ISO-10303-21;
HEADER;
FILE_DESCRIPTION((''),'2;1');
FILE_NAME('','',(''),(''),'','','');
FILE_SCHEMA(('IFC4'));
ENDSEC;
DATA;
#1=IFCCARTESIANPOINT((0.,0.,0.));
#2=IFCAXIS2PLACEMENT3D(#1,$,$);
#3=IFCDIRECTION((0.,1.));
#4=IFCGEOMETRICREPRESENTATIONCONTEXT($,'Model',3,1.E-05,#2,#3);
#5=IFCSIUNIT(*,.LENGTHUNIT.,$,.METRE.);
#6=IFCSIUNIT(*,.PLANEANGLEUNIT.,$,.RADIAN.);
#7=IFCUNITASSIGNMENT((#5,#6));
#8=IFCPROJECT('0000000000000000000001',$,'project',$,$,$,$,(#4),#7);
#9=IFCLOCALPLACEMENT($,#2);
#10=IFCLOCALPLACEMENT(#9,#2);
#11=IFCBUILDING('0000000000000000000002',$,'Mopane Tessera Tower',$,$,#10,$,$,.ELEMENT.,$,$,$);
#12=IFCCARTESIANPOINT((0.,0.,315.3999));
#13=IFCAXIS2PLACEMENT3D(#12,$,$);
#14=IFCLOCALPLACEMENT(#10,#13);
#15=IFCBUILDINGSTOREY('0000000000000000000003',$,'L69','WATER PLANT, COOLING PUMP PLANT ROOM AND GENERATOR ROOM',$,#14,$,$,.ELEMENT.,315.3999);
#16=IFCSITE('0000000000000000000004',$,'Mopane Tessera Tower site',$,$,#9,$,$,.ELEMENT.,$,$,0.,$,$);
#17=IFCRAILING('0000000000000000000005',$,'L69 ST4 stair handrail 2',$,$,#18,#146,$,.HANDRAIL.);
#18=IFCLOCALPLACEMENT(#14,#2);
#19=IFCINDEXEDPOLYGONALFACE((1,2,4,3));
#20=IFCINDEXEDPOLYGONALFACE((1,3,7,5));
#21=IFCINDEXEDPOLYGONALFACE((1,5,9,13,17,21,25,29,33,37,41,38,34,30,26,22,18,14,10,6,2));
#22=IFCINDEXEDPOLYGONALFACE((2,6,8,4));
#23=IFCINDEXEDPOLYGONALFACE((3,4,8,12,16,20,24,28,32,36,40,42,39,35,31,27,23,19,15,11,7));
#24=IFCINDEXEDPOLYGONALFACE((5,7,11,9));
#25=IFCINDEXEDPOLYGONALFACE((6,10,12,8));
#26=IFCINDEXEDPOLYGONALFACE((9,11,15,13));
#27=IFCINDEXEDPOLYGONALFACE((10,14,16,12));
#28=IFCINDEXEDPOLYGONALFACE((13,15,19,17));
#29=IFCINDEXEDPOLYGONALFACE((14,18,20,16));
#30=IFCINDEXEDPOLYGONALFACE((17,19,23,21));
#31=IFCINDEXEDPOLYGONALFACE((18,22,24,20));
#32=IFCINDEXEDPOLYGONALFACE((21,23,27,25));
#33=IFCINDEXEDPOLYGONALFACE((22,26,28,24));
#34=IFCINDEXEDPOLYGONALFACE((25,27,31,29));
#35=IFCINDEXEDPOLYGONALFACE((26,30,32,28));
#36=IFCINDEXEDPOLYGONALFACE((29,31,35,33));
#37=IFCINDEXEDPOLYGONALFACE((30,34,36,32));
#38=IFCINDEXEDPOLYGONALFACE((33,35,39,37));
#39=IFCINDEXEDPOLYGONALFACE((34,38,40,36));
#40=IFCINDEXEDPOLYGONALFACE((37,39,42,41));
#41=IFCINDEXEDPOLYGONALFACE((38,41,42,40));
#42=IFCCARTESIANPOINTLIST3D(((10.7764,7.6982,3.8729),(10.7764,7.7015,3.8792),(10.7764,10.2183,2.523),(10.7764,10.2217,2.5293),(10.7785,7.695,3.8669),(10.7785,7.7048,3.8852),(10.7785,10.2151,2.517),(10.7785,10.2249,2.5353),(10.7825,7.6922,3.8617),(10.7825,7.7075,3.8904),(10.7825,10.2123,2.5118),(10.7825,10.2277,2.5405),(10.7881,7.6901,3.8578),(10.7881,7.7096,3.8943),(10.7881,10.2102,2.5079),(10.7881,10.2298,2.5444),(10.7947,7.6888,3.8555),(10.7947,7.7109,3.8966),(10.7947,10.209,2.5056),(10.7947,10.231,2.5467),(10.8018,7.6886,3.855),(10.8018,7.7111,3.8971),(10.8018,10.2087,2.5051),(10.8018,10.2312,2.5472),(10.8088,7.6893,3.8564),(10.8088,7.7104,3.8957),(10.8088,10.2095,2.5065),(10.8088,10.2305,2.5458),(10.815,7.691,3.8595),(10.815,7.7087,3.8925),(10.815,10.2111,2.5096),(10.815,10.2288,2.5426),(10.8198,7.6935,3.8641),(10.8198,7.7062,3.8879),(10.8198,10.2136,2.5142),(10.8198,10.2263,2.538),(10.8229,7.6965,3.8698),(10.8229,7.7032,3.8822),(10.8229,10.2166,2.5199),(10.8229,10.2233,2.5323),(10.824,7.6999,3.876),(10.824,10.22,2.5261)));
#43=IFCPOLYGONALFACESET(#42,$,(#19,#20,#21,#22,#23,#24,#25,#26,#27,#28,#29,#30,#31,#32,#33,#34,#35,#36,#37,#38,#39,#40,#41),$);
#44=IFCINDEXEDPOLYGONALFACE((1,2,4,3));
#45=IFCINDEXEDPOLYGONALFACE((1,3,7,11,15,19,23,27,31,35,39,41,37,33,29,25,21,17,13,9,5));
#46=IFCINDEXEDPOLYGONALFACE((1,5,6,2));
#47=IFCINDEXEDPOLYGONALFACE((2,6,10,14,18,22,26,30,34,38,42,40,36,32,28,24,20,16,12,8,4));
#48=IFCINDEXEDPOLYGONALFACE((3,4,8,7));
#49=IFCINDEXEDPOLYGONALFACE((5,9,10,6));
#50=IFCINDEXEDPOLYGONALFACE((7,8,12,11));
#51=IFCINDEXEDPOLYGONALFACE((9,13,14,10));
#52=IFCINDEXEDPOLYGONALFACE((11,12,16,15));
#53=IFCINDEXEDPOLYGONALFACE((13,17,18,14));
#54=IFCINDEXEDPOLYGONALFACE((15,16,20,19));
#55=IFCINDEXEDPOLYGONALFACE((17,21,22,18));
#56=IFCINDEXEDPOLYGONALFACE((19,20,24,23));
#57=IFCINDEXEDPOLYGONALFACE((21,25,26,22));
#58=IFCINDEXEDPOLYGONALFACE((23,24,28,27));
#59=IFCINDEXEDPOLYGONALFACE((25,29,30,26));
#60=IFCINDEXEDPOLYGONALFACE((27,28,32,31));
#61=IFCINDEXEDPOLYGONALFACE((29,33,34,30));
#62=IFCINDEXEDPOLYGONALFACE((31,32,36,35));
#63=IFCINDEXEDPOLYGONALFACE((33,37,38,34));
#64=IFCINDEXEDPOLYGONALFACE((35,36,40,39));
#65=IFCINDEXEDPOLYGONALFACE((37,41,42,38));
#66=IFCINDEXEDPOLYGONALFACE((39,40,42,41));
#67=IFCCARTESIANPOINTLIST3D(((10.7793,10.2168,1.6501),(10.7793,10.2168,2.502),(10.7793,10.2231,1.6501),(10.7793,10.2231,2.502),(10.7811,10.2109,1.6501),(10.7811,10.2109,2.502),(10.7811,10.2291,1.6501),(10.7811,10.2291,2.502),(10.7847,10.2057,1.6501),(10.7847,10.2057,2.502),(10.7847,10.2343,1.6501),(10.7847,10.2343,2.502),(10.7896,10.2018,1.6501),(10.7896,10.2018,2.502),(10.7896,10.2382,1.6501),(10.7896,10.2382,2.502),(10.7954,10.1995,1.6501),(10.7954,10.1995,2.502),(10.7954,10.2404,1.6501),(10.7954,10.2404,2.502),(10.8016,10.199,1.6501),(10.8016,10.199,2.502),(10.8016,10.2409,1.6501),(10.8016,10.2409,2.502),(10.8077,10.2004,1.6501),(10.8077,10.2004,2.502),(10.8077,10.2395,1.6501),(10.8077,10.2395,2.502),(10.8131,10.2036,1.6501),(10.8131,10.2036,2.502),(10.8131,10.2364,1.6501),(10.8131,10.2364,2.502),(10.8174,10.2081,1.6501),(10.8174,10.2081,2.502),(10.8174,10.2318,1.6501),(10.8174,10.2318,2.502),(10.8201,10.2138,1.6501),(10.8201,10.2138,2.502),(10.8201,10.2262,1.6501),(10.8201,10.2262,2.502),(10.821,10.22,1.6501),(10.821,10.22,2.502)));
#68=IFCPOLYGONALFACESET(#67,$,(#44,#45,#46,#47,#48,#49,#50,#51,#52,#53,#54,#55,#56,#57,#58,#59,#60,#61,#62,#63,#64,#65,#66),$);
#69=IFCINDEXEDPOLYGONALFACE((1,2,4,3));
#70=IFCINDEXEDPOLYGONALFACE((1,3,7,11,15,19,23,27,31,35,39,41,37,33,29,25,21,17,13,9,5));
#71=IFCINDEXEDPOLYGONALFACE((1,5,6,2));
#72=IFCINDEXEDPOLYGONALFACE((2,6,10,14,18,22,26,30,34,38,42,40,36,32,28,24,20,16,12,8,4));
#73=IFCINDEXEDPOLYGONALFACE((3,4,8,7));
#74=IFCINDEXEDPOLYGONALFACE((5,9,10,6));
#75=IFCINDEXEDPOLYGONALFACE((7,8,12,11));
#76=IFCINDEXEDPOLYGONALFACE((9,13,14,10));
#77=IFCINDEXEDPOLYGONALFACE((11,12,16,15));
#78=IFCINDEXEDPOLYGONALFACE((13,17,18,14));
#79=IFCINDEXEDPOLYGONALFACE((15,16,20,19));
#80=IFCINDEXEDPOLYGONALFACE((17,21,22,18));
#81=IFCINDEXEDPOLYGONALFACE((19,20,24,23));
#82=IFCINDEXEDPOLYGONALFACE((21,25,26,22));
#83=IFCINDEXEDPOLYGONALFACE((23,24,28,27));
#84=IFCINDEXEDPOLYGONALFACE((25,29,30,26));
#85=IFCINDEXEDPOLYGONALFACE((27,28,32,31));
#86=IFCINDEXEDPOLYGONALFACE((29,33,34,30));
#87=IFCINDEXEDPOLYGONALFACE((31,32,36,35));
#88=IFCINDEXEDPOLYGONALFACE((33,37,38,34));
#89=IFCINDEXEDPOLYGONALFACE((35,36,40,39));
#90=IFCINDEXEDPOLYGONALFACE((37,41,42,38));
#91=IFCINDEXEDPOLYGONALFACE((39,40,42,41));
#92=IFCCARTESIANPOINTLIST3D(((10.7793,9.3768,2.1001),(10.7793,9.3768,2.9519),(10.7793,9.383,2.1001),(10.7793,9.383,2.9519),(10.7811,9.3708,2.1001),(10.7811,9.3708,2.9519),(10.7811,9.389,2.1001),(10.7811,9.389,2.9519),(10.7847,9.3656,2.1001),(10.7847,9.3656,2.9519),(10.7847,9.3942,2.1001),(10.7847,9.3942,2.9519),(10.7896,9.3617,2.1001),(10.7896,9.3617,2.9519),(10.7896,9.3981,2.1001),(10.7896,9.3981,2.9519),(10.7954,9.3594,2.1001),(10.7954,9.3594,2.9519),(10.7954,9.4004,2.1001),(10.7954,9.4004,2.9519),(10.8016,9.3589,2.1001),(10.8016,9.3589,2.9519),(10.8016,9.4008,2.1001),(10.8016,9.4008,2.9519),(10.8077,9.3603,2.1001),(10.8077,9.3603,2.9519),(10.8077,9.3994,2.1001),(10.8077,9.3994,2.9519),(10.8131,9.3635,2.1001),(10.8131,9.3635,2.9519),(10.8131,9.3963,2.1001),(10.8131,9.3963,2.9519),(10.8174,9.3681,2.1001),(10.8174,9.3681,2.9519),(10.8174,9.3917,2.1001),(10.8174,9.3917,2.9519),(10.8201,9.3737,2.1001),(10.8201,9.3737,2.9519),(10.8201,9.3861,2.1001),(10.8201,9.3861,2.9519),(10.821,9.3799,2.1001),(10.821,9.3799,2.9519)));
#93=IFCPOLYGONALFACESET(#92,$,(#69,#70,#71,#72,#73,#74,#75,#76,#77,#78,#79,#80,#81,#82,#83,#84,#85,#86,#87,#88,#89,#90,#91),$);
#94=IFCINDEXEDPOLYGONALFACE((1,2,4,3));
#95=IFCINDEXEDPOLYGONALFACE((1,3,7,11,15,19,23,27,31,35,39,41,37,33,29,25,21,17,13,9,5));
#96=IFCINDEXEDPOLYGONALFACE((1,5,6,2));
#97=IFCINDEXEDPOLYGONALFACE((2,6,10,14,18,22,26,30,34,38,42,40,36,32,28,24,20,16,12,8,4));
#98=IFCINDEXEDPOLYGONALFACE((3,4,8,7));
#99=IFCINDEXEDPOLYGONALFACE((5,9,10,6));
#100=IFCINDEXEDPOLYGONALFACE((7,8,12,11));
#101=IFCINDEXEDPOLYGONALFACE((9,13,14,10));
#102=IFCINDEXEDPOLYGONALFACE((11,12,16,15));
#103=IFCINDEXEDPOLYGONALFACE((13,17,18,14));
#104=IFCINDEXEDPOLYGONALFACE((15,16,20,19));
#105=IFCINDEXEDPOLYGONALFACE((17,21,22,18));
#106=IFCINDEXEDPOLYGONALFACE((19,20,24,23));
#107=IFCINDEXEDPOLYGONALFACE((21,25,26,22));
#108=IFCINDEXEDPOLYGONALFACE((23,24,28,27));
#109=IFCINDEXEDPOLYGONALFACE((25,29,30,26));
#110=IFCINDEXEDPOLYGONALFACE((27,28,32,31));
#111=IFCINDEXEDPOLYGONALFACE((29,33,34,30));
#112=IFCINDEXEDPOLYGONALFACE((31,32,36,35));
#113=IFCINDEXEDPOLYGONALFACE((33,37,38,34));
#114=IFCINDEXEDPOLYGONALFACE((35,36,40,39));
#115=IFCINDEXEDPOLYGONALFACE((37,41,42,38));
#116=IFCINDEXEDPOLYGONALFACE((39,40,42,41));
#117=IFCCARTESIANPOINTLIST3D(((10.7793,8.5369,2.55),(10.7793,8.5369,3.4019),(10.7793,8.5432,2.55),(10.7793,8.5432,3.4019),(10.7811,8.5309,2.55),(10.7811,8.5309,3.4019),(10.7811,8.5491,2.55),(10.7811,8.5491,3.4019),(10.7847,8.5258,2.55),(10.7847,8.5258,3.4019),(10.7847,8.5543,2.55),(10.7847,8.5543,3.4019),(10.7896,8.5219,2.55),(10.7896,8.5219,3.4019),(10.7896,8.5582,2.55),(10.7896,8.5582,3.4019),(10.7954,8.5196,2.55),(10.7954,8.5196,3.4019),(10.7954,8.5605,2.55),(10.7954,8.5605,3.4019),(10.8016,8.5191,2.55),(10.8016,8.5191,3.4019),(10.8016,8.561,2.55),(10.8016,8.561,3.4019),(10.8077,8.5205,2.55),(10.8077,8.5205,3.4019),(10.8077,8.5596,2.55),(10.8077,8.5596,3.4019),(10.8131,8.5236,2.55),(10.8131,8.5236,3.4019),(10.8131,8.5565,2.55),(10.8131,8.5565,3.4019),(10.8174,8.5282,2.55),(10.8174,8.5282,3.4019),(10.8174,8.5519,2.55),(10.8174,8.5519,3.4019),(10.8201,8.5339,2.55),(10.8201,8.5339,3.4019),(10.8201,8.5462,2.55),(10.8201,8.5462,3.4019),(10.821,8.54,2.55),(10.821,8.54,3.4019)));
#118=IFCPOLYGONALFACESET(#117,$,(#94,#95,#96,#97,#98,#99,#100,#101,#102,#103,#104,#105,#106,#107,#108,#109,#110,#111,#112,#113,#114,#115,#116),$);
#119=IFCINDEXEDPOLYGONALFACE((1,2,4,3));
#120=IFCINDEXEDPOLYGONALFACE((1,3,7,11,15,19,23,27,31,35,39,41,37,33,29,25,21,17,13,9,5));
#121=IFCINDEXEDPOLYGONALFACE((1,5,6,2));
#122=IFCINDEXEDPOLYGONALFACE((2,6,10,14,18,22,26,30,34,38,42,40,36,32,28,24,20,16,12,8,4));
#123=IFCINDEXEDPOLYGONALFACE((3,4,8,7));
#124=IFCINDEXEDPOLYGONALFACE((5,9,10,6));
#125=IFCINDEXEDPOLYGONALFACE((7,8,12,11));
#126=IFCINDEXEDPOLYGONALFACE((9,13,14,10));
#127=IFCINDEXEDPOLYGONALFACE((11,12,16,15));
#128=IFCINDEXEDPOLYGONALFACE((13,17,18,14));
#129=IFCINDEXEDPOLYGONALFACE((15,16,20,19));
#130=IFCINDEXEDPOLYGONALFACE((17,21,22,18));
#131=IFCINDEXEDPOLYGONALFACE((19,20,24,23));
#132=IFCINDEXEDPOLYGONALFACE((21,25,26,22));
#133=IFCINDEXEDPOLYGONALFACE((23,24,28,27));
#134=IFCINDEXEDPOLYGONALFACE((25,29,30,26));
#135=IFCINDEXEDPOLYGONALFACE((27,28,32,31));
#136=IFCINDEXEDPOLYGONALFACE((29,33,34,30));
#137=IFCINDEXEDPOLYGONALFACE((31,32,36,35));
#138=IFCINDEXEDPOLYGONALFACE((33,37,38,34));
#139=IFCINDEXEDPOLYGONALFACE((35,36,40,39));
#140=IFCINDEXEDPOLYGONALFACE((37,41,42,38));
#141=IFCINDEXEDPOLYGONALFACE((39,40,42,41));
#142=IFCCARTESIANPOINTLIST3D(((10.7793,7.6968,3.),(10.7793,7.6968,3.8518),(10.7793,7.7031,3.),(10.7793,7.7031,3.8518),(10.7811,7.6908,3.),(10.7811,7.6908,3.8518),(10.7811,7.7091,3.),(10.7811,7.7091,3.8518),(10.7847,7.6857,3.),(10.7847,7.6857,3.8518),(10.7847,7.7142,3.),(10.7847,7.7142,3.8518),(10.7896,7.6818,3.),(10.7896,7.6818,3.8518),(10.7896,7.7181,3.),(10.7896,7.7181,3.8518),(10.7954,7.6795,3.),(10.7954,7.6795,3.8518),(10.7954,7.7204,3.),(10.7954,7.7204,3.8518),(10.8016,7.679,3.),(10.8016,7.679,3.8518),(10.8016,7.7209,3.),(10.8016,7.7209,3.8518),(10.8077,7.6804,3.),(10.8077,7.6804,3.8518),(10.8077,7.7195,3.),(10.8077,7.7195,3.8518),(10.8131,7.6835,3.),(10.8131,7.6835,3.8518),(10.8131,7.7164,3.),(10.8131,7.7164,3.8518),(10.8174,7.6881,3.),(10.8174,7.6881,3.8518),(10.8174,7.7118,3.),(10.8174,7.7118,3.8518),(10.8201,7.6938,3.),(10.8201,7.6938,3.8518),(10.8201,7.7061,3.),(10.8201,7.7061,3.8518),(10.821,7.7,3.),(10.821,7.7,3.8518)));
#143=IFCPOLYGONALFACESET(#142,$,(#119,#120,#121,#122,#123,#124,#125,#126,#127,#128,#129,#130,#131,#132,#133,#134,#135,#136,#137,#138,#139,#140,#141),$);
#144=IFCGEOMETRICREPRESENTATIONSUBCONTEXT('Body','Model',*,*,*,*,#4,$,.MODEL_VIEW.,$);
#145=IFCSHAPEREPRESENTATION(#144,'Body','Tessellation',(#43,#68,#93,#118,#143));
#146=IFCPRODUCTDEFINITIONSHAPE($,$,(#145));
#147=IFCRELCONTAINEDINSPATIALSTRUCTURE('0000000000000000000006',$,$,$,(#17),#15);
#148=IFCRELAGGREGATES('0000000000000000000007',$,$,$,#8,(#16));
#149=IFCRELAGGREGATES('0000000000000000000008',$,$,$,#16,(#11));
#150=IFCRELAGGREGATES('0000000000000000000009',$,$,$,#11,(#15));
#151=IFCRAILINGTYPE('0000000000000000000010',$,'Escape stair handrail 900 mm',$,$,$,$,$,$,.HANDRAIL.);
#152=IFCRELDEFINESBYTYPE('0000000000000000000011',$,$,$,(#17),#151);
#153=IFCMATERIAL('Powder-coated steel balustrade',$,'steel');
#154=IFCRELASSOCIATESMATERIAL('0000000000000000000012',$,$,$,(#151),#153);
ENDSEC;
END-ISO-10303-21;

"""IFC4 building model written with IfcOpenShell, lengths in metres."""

from ifc_helpers import new_model, si_unit, direction, frame, origin, origin_2d, place, context, subcontext, project, spatial, circle, extrude, material, type_object, element, save


model = new_model("IFC4")

# Units and contexts
model_context = context("Model", 3, precision=1e-05, world=origin(), true_north=direction((0.0, 1.0)))
body_context = subcontext(model_context, "Body", "Model", "MODEL_VIEW")
ifc_project = project(units=[si_unit("LENGTHUNIT", "METRE"), si_unit("PLANEANGLEUNIT", "RADIAN")], contexts=[model_context])

# Site, building, storey
site_placement = place(None, origin())
site = spatial("IfcSite", under=ifc_project, at=site_placement, Name="Mopane Tessera Tower site", CompositionType="ELEMENT", RefElevation=0.0)
building_placement = place(site_placement, origin())
building = spatial("IfcBuilding", under=site, at=building_placement, Name="Mopane Tessera Tower", CompositionType="ELEMENT")
storey_placement = place(building_placement, frame((0.0, 0.0, 315.3999)))
storey = spatial("IfcBuildingStorey", under=building, at=storey_placement, Name="L69", Description="WATER PLANT, COOLING PUMP PLANT ROOM AND GENERATOR ROOM", CompositionType="ELEMENT", Elevation=315.3999)

# Railing
ifc_material_1 = material(Name="Powder-coated steel balustrade", Category="steel")
railing_type_1 = type_object("IfcRailingType", Name="Escape stair handrail 900 mm", PredefinedType="HANDRAIL", material=ifc_material_1)
railing_1_placement = place(storey_placement, frame((10.8, 10.22, 1.6501)))
element("IfcRailing", 1, at=railing_1_placement, inside=storey, type_object=railing_type_1, Name="L69 ST4 stair handrail 2", PredefinedType="HANDRAIL", context=body_context, shape_type="SweptSolid", body=[
    extrude(circle(Radius=0.0239, at=origin_2d()), frame((0.0, 0.0, 0.876), z_axis=(0.0, -0.881503, 0.472179), x_axis=(1.0, 0.0, 0.0)), (0.0, 0.0, 1.0), 2.8589),
    extrude(circle(Radius=0.021, at=origin_2d()), origin(), (0.0, 0.0, 1.0), 0.8518),
    extrude(circle(Radius=0.021, at=origin_2d()), frame((0.0, -0.8401, 0.45)), (0.0, 0.0, 1.0), 0.8518),
    extrude(circle(Radius=0.021, at=origin_2d()), frame((0.0, -1.6799, 0.8999)), (0.0, 0.0, 1.0), 0.8518),
    extrude(circle(Radius=0.021, at=origin_2d()), frame((0.0, -2.52, 1.3499)), (0.0, 0.0, 1.0), 0.8518),
])

save(model, "model.ifc")
